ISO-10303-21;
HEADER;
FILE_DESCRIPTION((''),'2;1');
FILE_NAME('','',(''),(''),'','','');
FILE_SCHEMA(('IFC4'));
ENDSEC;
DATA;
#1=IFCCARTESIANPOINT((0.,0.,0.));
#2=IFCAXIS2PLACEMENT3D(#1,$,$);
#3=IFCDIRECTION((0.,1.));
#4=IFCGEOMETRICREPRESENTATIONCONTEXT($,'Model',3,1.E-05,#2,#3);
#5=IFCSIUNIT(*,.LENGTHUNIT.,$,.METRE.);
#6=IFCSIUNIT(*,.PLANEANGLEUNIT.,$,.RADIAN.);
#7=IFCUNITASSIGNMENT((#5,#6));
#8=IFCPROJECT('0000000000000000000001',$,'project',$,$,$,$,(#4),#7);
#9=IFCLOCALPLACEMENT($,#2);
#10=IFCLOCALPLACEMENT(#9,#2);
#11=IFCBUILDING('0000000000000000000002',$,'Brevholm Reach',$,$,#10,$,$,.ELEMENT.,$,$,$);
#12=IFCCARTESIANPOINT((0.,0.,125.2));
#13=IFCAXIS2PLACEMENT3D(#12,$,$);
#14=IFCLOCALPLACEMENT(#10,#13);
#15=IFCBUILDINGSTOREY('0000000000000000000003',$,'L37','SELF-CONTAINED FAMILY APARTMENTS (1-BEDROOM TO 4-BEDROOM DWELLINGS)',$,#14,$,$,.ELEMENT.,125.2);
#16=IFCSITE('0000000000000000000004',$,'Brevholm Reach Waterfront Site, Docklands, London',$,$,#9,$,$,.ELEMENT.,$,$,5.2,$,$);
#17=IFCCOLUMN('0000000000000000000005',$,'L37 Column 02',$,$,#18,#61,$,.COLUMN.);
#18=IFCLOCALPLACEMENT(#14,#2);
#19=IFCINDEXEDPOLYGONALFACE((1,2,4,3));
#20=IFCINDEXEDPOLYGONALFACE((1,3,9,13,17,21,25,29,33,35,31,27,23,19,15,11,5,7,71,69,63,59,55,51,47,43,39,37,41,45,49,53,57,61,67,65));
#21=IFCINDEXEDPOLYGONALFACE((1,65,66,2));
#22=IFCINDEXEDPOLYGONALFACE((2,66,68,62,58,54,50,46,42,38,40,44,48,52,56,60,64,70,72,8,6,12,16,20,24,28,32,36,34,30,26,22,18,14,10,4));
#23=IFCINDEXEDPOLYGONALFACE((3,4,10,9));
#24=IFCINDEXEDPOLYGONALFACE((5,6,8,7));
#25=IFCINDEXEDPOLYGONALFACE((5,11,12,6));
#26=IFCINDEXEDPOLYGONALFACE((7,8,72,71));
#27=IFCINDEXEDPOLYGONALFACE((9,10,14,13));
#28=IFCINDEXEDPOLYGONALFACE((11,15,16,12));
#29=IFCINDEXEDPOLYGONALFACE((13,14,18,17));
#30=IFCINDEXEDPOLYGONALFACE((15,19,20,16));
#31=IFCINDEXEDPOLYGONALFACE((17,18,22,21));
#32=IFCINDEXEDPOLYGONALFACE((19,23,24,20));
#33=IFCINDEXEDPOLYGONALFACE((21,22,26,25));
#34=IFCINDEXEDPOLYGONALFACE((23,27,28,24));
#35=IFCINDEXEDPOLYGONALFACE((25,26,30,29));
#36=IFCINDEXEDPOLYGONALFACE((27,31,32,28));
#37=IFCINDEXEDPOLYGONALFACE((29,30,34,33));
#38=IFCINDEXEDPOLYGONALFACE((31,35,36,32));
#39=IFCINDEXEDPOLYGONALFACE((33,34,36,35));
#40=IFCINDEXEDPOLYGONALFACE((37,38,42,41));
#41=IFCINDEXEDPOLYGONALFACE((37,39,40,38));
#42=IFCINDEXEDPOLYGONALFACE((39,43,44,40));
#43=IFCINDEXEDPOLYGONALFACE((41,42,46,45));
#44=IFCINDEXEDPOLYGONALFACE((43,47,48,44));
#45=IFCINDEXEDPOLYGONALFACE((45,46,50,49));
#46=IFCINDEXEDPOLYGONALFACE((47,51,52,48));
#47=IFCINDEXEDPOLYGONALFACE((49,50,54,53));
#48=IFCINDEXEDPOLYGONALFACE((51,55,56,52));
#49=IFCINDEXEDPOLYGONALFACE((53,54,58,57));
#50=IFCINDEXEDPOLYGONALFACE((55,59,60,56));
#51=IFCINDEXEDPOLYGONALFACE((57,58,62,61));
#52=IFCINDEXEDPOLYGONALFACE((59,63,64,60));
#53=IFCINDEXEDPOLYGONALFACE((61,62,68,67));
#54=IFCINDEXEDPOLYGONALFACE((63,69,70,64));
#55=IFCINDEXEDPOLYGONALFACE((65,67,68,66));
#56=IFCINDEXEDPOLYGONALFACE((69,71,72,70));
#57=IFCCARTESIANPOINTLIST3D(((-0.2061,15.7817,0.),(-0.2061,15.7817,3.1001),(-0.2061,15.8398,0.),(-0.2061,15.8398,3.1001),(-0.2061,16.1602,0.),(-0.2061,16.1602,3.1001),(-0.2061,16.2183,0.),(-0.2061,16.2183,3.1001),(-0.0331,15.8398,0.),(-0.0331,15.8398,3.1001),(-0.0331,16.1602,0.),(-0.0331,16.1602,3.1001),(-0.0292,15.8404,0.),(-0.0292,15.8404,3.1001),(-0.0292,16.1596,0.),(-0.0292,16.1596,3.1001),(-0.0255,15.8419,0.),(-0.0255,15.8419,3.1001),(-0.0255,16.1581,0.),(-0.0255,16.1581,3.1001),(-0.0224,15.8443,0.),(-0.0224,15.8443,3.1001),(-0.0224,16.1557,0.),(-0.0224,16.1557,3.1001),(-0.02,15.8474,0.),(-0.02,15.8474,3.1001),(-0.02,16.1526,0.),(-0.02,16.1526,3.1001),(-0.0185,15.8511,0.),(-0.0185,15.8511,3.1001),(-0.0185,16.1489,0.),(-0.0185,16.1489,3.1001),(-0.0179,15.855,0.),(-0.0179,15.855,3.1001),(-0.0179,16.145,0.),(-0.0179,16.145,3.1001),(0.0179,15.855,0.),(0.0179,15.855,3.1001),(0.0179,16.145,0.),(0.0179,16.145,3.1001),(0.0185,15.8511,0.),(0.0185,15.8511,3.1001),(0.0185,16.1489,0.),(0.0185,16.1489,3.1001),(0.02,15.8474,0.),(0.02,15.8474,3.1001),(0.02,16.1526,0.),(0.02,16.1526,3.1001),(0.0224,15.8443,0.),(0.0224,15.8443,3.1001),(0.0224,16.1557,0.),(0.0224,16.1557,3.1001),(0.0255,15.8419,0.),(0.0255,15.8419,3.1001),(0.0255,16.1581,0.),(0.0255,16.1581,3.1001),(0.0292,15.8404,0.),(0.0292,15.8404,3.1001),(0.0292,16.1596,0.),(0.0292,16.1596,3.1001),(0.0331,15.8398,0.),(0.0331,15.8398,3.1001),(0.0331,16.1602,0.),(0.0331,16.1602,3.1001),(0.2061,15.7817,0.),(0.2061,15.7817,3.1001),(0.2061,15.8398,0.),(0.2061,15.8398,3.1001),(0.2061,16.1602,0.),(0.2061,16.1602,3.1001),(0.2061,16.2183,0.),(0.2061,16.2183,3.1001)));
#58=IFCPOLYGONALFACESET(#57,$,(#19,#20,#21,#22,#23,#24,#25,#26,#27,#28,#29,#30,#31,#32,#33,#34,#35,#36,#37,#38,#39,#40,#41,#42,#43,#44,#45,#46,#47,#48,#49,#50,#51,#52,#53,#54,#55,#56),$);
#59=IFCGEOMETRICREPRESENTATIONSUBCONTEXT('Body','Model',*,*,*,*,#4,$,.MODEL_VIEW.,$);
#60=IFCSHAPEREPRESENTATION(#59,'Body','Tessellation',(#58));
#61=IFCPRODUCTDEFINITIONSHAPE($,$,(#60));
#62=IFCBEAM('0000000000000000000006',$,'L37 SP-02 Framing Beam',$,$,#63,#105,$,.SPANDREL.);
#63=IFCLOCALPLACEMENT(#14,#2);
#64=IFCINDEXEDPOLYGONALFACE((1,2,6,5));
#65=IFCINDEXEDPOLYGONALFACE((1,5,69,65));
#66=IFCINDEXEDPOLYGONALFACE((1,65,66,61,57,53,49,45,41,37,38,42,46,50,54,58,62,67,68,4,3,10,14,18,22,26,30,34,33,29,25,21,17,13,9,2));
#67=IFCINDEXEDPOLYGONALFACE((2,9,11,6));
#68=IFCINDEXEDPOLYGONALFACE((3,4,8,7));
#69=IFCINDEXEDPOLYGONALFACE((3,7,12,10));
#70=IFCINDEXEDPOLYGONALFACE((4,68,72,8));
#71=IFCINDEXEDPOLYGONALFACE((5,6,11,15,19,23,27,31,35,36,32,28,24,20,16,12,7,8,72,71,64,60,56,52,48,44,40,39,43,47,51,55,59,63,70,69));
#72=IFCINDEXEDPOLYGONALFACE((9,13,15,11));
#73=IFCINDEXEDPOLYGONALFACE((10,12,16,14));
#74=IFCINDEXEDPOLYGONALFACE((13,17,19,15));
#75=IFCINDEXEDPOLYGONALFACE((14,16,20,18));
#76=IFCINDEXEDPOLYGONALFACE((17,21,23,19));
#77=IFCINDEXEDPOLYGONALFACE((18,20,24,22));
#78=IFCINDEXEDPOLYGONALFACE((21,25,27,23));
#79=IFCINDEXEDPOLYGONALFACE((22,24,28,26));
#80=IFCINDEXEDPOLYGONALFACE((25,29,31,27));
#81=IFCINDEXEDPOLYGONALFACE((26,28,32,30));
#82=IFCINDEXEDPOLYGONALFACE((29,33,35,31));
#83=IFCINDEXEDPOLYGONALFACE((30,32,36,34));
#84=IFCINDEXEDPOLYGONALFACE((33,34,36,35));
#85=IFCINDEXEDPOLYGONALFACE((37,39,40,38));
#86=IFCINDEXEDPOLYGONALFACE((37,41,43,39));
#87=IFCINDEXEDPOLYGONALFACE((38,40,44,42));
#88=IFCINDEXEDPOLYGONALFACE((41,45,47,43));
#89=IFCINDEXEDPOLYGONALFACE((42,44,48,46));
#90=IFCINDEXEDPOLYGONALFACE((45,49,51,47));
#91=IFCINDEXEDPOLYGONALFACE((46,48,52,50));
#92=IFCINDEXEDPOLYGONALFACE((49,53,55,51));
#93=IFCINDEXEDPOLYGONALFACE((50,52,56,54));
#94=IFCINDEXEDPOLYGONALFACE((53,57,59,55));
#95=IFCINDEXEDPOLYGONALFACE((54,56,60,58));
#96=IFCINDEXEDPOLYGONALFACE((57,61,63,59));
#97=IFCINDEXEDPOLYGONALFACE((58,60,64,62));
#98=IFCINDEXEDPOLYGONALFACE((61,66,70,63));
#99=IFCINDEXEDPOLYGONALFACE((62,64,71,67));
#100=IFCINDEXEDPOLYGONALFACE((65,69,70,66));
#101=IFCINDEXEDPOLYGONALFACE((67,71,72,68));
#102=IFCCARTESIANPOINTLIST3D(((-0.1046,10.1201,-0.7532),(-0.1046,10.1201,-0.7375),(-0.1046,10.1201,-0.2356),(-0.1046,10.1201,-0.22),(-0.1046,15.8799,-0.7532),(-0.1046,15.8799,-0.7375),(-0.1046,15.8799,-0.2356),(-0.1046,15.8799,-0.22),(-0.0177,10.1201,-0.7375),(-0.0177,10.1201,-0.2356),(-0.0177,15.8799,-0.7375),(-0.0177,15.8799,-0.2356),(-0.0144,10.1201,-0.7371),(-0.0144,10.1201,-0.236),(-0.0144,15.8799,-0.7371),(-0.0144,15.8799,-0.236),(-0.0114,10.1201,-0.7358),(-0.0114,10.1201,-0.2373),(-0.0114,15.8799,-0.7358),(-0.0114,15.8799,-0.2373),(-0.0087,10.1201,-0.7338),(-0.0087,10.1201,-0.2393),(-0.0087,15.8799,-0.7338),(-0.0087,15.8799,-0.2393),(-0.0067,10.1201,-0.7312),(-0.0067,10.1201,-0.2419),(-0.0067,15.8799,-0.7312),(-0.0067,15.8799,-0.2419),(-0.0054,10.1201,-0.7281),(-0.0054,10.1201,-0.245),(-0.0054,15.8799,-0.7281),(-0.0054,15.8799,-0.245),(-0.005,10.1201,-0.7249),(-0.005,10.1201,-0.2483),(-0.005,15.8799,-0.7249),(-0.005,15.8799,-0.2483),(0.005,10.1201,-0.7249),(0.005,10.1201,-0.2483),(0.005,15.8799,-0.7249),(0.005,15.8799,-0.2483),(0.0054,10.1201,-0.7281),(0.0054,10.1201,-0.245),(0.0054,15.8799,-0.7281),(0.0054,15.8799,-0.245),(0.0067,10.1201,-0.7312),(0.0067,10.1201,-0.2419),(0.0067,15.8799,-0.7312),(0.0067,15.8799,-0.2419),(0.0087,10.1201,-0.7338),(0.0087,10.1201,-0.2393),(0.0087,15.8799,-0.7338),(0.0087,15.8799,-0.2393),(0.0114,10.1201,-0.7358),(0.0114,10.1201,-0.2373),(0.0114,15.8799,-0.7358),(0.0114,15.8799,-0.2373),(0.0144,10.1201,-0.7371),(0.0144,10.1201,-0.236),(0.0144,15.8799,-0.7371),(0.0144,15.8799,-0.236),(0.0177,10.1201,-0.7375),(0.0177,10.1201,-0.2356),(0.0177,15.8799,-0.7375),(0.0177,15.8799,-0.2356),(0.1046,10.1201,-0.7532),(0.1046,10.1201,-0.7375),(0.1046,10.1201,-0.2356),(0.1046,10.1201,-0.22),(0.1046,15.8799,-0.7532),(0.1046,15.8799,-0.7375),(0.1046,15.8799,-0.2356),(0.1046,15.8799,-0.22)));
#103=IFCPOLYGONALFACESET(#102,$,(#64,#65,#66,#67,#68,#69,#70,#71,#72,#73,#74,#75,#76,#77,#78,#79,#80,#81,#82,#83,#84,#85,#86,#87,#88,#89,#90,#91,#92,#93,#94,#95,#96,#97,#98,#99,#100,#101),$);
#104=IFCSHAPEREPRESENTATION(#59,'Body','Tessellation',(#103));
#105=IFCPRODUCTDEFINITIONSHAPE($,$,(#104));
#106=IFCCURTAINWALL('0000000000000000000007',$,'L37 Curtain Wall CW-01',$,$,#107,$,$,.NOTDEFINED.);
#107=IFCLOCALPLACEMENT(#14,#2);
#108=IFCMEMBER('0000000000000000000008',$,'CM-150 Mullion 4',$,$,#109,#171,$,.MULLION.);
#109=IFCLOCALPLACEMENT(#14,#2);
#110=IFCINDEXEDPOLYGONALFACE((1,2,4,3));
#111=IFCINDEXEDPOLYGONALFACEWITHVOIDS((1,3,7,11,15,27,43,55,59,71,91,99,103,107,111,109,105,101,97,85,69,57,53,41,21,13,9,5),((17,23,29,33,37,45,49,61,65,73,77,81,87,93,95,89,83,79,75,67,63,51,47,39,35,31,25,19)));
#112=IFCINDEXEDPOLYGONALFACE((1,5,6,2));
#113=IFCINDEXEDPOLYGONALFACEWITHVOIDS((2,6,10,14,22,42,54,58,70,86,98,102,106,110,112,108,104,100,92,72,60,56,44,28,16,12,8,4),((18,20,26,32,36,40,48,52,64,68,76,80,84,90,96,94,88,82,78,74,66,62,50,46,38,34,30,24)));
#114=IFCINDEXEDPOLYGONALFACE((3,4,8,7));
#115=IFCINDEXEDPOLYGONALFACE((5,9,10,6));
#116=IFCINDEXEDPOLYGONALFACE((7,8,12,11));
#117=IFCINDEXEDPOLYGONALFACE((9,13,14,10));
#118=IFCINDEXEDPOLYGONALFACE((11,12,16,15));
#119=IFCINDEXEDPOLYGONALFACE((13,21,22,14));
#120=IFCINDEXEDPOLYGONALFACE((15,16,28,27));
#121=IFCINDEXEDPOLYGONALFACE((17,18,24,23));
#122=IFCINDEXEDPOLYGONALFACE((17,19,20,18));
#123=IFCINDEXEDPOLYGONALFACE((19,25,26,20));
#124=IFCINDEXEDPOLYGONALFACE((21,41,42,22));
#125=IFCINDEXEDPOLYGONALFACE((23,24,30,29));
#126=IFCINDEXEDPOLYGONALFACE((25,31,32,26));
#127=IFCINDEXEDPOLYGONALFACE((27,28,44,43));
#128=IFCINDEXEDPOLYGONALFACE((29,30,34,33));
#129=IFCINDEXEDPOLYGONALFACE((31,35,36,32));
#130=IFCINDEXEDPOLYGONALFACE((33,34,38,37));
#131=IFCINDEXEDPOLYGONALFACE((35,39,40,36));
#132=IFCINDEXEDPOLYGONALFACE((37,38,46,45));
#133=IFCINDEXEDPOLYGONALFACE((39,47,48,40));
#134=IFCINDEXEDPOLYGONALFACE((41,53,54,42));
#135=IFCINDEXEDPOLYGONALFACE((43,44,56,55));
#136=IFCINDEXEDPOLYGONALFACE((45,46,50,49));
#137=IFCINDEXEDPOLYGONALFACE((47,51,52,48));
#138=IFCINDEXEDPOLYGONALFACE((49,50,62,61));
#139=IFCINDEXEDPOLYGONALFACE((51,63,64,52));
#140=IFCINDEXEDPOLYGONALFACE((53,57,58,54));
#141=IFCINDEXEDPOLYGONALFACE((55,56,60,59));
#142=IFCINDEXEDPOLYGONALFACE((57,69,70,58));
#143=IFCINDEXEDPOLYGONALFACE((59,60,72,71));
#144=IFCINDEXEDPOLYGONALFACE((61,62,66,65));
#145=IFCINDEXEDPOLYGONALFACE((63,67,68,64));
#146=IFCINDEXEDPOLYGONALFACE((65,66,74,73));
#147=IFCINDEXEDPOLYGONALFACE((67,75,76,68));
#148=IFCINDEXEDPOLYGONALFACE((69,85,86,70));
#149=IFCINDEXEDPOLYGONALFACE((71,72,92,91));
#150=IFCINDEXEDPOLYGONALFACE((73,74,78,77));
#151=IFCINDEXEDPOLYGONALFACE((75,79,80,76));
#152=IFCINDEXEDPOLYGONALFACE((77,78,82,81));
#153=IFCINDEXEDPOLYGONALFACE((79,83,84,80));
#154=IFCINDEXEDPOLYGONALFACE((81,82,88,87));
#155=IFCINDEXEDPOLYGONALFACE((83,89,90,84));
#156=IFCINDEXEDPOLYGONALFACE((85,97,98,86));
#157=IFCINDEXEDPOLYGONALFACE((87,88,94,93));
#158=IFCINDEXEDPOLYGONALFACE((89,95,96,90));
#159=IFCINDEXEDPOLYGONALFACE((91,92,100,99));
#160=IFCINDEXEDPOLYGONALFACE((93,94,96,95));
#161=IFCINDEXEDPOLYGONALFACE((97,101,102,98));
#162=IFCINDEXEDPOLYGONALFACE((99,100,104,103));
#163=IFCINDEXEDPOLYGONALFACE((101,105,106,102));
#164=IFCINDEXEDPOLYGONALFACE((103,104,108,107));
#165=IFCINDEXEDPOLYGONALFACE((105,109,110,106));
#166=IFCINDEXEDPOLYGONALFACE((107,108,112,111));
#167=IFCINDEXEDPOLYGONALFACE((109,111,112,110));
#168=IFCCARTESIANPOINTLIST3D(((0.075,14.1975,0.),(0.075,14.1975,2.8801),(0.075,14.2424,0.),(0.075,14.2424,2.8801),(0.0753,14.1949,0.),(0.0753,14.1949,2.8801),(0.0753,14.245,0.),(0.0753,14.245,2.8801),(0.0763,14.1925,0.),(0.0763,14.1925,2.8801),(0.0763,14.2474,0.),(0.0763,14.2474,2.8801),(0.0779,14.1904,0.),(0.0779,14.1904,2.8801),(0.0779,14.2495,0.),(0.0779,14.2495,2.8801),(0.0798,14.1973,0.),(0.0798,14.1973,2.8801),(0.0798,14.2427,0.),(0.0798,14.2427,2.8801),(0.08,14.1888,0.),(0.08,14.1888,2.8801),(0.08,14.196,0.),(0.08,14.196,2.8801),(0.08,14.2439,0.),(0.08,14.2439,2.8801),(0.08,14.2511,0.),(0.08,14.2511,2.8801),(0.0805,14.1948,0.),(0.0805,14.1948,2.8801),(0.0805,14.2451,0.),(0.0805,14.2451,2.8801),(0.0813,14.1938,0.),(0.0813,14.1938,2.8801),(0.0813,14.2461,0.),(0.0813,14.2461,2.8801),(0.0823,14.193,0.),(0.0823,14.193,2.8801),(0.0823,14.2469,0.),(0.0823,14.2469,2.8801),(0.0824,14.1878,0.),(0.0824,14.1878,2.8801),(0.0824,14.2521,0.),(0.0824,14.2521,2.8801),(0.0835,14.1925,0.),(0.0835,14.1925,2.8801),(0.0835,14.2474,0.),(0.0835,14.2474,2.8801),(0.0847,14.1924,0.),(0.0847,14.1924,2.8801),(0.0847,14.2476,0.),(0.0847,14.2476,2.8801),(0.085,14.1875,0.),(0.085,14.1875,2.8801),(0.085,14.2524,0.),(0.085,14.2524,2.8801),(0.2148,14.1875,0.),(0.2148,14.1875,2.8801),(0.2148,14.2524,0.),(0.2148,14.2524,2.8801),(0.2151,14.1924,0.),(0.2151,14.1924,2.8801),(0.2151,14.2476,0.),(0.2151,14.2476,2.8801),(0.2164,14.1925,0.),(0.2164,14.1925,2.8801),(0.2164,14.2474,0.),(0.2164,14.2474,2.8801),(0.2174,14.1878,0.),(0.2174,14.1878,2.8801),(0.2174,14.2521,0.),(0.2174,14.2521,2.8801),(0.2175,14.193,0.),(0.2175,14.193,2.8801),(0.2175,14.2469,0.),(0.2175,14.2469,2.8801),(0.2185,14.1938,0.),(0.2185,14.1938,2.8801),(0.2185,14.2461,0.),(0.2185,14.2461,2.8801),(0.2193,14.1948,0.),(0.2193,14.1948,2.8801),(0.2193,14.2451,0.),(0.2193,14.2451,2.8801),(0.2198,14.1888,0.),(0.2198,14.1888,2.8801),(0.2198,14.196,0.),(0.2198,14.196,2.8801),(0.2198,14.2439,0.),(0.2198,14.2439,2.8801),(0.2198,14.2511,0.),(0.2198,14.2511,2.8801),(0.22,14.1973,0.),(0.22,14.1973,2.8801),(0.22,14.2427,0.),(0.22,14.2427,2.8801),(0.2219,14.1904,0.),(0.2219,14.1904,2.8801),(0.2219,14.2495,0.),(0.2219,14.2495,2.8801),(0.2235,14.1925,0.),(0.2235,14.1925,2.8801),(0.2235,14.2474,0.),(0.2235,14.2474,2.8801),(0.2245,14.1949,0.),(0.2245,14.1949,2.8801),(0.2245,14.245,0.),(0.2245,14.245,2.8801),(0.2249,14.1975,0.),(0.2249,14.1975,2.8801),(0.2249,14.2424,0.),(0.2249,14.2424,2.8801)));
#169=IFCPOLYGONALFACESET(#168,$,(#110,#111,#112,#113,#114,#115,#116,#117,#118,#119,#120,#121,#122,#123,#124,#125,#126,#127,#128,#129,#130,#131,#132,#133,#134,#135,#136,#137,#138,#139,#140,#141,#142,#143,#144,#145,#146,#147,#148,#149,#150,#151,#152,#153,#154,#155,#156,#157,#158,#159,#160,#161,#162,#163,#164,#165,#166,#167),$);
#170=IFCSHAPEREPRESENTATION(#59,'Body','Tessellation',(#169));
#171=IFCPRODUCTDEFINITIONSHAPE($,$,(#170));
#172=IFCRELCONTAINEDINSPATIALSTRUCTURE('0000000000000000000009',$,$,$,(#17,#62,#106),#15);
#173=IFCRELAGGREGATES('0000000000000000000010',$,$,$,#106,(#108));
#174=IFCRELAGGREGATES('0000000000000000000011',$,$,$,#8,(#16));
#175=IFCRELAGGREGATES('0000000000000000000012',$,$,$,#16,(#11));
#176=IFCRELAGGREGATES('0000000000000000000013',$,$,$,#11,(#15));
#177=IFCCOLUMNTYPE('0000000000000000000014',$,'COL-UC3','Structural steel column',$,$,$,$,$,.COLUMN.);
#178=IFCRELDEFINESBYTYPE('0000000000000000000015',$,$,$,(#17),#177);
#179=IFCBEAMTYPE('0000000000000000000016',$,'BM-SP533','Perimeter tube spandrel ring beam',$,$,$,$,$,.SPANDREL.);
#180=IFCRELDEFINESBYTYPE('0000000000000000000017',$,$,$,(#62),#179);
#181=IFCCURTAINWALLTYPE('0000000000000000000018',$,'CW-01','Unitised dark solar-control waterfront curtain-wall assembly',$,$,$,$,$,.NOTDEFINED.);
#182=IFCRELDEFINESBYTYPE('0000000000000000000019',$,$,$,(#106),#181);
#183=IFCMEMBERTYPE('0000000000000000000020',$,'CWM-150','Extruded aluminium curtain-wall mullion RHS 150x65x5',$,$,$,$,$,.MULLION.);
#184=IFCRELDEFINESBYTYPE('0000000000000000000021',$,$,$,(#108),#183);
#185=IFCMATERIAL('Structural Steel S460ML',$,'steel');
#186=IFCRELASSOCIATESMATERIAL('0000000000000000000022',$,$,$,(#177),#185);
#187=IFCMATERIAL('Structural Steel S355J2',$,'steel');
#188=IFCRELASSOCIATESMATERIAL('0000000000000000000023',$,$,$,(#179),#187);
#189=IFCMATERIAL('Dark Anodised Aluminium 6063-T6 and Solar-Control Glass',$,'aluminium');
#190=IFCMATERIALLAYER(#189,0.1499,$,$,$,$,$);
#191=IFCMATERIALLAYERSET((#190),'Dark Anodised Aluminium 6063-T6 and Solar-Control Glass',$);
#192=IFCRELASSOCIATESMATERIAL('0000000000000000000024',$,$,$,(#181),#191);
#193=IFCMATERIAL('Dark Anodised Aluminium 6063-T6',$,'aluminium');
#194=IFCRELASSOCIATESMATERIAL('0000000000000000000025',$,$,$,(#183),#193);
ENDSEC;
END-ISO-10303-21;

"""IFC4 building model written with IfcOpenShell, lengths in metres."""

from ifc_helpers import new_model, si_unit, direction, frame, origin, origin_2d, place, context, subcontext, project, spatial, hollow_rectangle, i_section, extrude, material, layer, layer_set, material_profile, profile_set, type_object, element, aggregate, save


model = new_model("IFC4")

# Units and contexts
model_context = context("Model", 3, precision=1e-05, world=origin(), true_north=direction((0.0, 1.0)))
body_context = subcontext(model_context, "Body", "Model", "MODEL_VIEW")
ifc_project = project(units=[si_unit("LENGTHUNIT", "METRE"), si_unit("PLANEANGLEUNIT", "RADIAN")], contexts=[model_context])

# Site, building, storey
site_placement = place(None, origin())
site = spatial("IfcSite", under=ifc_project, at=site_placement, Name="Brevholm Reach Waterfront Site, Docklands, London", CompositionType="ELEMENT", RefElevation=5.2)
building_placement = place(site_placement, origin())
building = spatial("IfcBuilding", under=site, at=building_placement, Name="Brevholm Reach", CompositionType="ELEMENT")
storey_placement = place(building_placement, frame((0.0, 0.0, 125.2)))
storey = spatial("IfcBuildingStorey", under=building, at=storey_placement, Name="L37", Description="SELF-CONTAINED FAMILY APARTMENTS (1-BEDROOM TO 4-BEDROOM DWELLINGS)", CompositionType="ELEMENT", Elevation=125.2)

# Column
ifc_material_1 = material(Name="Structural Steel S460ML", Category="steel")
ifc_material_profile_1 = material_profile(ifc_material_1, i_section(OverallWidth=0.4121, OverallDepth=0.4365, WebThickness=0.0359, FlangeThickness=0.0581, FilletRadius=0.0151, at=origin_2d()), Name="UKC 356x406x467")
ifc_profile_set_1 = profile_set([ifc_material_profile_1], Name="Structural Steel S460ML")
column_type = type_object("IfcColumnType", Name="COL-UC3", Description="Structural steel column", PredefinedType="COLUMN", material=ifc_profile_set_1)
column_placement = place(storey_placement, frame((0.0, 16.0, 0.0), z_axis=(0.0, 0.0, 1.0), x_axis=(1.0, 0.0, 0.0)))
element("IfcColumn", 1, at=column_placement, inside=storey, type_object=column_type, Name="L37 Column 02", PredefinedType="COLUMN", context=body_context, shape_type="SweptSolid", body=[
    extrude(i_section(OverallWidth=0.4121, OverallDepth=0.4365, WebThickness=0.0359, FlangeThickness=0.0581, FilletRadius=0.0151, at=origin_2d()), origin(), (0.0, 0.0, 1.0), 3.1001),
])

# Beam
ifc_material_2 = material(Name="Structural Steel S355J2", Category="steel")
ifc_material_profile_2 = material_profile(ifc_material_2, i_section(OverallWidth=0.2092, OverallDepth=0.5332, WebThickness=0.01, FlangeThickness=0.0156, FilletRadius=0.0127, at=origin_2d()), Name="UKB 533x210x92")
ifc_profile_set_2 = profile_set([ifc_material_profile_2], Name="Structural Steel S355J2")
beam_type = type_object("IfcBeamType", Name="BM-SP533", Description="Perimeter tube spandrel ring beam", PredefinedType="SPANDREL", material=ifc_profile_set_2)
beam_placement = place(storey_placement, frame((0.0, 10.1201, -0.4866), z_axis=(0.0, 1.0, 0.0), x_axis=(-1.0, 0.0, 0.0)))
element("IfcBeam", 2, at=beam_placement, inside=storey, type_object=beam_type, Name="L37 SP-02 Framing Beam", PredefinedType="SPANDREL", context=body_context, shape_type="SweptSolid", body=[
    extrude(i_section(OverallWidth=0.2092, OverallDepth=0.5332, WebThickness=0.01, FlangeThickness=0.0156, FilletRadius=0.0127, at=origin_2d()), origin(), (0.0, 0.0, 1.0), 5.7598),
])

# Curtain wall, member
ifc_material_3 = material(Name="Dark Anodised Aluminium 6063-T6 and Solar-Control Glass", Category="aluminium")
ifc_layer_1 = layer(ifc_material_3, 0.1499)
ifc_layer_set_1 = layer_set([ifc_layer_1], Name="Dark Anodised Aluminium 6063-T6 and Solar-Control Glass")
curtain_wall_type = type_object("IfcCurtainWallType", Name="CW-01", Description="Unitised dark solar-control waterfront curtain-wall assembly", PredefinedType="NOTDEFINED", material=ifc_layer_set_1)
curtain_wall_placement = place(storey_placement, origin())
curtain_wall = element("IfcCurtainWall", 3, at=curtain_wall_placement, inside=storey, type_object=curtain_wall_type, Name="L37 Curtain Wall CW-01", PredefinedType="NOTDEFINED")
ifc_material_4 = material(Name="Dark Anodised Aluminium 6063-T6", Category="aluminium")
ifc_material_profile_3 = material_profile(ifc_material_4, hollow_rectangle(XDim=0.0649, YDim=0.1499, WallThickness=0.0049, InnerFilletRadius=0.0049, OuterFilletRadius=0.01, at=origin_2d()), Name="RHS 150x65x5")
ifc_profile_set_3 = profile_set([ifc_material_profile_3], Name="Dark Anodised Aluminium 6063-T6")
member_type_1 = type_object("IfcMemberType", Name="CWM-150", Description="Extruded aluminium curtain-wall mullion RHS 150x65x5", PredefinedType="MULLION", material=ifc_profile_set_3)
member_1_placement = place(storey_placement, frame((0.1499, 14.22, 0.0), z_axis=(0.0, 0.0, 1.0), x_axis=(0.0, -1.0, 0.0)))
member_1 = element("IfcMember", 4, at=member_1_placement, type_object=member_type_1, Name="CM-150 Mullion 4", PredefinedType="MULLION", context=body_context, shape_type="SweptSolid", body=[
    extrude(hollow_rectangle(XDim=0.0649, YDim=0.1499, WallThickness=0.0049, InnerFilletRadius=0.0049, OuterFilletRadius=0.01, at=origin_2d()), origin(), (0.0, 0.0, 1.0), 2.8801),
])
aggregate(curtain_wall, [member_1])

save(model, "model.ifc")
